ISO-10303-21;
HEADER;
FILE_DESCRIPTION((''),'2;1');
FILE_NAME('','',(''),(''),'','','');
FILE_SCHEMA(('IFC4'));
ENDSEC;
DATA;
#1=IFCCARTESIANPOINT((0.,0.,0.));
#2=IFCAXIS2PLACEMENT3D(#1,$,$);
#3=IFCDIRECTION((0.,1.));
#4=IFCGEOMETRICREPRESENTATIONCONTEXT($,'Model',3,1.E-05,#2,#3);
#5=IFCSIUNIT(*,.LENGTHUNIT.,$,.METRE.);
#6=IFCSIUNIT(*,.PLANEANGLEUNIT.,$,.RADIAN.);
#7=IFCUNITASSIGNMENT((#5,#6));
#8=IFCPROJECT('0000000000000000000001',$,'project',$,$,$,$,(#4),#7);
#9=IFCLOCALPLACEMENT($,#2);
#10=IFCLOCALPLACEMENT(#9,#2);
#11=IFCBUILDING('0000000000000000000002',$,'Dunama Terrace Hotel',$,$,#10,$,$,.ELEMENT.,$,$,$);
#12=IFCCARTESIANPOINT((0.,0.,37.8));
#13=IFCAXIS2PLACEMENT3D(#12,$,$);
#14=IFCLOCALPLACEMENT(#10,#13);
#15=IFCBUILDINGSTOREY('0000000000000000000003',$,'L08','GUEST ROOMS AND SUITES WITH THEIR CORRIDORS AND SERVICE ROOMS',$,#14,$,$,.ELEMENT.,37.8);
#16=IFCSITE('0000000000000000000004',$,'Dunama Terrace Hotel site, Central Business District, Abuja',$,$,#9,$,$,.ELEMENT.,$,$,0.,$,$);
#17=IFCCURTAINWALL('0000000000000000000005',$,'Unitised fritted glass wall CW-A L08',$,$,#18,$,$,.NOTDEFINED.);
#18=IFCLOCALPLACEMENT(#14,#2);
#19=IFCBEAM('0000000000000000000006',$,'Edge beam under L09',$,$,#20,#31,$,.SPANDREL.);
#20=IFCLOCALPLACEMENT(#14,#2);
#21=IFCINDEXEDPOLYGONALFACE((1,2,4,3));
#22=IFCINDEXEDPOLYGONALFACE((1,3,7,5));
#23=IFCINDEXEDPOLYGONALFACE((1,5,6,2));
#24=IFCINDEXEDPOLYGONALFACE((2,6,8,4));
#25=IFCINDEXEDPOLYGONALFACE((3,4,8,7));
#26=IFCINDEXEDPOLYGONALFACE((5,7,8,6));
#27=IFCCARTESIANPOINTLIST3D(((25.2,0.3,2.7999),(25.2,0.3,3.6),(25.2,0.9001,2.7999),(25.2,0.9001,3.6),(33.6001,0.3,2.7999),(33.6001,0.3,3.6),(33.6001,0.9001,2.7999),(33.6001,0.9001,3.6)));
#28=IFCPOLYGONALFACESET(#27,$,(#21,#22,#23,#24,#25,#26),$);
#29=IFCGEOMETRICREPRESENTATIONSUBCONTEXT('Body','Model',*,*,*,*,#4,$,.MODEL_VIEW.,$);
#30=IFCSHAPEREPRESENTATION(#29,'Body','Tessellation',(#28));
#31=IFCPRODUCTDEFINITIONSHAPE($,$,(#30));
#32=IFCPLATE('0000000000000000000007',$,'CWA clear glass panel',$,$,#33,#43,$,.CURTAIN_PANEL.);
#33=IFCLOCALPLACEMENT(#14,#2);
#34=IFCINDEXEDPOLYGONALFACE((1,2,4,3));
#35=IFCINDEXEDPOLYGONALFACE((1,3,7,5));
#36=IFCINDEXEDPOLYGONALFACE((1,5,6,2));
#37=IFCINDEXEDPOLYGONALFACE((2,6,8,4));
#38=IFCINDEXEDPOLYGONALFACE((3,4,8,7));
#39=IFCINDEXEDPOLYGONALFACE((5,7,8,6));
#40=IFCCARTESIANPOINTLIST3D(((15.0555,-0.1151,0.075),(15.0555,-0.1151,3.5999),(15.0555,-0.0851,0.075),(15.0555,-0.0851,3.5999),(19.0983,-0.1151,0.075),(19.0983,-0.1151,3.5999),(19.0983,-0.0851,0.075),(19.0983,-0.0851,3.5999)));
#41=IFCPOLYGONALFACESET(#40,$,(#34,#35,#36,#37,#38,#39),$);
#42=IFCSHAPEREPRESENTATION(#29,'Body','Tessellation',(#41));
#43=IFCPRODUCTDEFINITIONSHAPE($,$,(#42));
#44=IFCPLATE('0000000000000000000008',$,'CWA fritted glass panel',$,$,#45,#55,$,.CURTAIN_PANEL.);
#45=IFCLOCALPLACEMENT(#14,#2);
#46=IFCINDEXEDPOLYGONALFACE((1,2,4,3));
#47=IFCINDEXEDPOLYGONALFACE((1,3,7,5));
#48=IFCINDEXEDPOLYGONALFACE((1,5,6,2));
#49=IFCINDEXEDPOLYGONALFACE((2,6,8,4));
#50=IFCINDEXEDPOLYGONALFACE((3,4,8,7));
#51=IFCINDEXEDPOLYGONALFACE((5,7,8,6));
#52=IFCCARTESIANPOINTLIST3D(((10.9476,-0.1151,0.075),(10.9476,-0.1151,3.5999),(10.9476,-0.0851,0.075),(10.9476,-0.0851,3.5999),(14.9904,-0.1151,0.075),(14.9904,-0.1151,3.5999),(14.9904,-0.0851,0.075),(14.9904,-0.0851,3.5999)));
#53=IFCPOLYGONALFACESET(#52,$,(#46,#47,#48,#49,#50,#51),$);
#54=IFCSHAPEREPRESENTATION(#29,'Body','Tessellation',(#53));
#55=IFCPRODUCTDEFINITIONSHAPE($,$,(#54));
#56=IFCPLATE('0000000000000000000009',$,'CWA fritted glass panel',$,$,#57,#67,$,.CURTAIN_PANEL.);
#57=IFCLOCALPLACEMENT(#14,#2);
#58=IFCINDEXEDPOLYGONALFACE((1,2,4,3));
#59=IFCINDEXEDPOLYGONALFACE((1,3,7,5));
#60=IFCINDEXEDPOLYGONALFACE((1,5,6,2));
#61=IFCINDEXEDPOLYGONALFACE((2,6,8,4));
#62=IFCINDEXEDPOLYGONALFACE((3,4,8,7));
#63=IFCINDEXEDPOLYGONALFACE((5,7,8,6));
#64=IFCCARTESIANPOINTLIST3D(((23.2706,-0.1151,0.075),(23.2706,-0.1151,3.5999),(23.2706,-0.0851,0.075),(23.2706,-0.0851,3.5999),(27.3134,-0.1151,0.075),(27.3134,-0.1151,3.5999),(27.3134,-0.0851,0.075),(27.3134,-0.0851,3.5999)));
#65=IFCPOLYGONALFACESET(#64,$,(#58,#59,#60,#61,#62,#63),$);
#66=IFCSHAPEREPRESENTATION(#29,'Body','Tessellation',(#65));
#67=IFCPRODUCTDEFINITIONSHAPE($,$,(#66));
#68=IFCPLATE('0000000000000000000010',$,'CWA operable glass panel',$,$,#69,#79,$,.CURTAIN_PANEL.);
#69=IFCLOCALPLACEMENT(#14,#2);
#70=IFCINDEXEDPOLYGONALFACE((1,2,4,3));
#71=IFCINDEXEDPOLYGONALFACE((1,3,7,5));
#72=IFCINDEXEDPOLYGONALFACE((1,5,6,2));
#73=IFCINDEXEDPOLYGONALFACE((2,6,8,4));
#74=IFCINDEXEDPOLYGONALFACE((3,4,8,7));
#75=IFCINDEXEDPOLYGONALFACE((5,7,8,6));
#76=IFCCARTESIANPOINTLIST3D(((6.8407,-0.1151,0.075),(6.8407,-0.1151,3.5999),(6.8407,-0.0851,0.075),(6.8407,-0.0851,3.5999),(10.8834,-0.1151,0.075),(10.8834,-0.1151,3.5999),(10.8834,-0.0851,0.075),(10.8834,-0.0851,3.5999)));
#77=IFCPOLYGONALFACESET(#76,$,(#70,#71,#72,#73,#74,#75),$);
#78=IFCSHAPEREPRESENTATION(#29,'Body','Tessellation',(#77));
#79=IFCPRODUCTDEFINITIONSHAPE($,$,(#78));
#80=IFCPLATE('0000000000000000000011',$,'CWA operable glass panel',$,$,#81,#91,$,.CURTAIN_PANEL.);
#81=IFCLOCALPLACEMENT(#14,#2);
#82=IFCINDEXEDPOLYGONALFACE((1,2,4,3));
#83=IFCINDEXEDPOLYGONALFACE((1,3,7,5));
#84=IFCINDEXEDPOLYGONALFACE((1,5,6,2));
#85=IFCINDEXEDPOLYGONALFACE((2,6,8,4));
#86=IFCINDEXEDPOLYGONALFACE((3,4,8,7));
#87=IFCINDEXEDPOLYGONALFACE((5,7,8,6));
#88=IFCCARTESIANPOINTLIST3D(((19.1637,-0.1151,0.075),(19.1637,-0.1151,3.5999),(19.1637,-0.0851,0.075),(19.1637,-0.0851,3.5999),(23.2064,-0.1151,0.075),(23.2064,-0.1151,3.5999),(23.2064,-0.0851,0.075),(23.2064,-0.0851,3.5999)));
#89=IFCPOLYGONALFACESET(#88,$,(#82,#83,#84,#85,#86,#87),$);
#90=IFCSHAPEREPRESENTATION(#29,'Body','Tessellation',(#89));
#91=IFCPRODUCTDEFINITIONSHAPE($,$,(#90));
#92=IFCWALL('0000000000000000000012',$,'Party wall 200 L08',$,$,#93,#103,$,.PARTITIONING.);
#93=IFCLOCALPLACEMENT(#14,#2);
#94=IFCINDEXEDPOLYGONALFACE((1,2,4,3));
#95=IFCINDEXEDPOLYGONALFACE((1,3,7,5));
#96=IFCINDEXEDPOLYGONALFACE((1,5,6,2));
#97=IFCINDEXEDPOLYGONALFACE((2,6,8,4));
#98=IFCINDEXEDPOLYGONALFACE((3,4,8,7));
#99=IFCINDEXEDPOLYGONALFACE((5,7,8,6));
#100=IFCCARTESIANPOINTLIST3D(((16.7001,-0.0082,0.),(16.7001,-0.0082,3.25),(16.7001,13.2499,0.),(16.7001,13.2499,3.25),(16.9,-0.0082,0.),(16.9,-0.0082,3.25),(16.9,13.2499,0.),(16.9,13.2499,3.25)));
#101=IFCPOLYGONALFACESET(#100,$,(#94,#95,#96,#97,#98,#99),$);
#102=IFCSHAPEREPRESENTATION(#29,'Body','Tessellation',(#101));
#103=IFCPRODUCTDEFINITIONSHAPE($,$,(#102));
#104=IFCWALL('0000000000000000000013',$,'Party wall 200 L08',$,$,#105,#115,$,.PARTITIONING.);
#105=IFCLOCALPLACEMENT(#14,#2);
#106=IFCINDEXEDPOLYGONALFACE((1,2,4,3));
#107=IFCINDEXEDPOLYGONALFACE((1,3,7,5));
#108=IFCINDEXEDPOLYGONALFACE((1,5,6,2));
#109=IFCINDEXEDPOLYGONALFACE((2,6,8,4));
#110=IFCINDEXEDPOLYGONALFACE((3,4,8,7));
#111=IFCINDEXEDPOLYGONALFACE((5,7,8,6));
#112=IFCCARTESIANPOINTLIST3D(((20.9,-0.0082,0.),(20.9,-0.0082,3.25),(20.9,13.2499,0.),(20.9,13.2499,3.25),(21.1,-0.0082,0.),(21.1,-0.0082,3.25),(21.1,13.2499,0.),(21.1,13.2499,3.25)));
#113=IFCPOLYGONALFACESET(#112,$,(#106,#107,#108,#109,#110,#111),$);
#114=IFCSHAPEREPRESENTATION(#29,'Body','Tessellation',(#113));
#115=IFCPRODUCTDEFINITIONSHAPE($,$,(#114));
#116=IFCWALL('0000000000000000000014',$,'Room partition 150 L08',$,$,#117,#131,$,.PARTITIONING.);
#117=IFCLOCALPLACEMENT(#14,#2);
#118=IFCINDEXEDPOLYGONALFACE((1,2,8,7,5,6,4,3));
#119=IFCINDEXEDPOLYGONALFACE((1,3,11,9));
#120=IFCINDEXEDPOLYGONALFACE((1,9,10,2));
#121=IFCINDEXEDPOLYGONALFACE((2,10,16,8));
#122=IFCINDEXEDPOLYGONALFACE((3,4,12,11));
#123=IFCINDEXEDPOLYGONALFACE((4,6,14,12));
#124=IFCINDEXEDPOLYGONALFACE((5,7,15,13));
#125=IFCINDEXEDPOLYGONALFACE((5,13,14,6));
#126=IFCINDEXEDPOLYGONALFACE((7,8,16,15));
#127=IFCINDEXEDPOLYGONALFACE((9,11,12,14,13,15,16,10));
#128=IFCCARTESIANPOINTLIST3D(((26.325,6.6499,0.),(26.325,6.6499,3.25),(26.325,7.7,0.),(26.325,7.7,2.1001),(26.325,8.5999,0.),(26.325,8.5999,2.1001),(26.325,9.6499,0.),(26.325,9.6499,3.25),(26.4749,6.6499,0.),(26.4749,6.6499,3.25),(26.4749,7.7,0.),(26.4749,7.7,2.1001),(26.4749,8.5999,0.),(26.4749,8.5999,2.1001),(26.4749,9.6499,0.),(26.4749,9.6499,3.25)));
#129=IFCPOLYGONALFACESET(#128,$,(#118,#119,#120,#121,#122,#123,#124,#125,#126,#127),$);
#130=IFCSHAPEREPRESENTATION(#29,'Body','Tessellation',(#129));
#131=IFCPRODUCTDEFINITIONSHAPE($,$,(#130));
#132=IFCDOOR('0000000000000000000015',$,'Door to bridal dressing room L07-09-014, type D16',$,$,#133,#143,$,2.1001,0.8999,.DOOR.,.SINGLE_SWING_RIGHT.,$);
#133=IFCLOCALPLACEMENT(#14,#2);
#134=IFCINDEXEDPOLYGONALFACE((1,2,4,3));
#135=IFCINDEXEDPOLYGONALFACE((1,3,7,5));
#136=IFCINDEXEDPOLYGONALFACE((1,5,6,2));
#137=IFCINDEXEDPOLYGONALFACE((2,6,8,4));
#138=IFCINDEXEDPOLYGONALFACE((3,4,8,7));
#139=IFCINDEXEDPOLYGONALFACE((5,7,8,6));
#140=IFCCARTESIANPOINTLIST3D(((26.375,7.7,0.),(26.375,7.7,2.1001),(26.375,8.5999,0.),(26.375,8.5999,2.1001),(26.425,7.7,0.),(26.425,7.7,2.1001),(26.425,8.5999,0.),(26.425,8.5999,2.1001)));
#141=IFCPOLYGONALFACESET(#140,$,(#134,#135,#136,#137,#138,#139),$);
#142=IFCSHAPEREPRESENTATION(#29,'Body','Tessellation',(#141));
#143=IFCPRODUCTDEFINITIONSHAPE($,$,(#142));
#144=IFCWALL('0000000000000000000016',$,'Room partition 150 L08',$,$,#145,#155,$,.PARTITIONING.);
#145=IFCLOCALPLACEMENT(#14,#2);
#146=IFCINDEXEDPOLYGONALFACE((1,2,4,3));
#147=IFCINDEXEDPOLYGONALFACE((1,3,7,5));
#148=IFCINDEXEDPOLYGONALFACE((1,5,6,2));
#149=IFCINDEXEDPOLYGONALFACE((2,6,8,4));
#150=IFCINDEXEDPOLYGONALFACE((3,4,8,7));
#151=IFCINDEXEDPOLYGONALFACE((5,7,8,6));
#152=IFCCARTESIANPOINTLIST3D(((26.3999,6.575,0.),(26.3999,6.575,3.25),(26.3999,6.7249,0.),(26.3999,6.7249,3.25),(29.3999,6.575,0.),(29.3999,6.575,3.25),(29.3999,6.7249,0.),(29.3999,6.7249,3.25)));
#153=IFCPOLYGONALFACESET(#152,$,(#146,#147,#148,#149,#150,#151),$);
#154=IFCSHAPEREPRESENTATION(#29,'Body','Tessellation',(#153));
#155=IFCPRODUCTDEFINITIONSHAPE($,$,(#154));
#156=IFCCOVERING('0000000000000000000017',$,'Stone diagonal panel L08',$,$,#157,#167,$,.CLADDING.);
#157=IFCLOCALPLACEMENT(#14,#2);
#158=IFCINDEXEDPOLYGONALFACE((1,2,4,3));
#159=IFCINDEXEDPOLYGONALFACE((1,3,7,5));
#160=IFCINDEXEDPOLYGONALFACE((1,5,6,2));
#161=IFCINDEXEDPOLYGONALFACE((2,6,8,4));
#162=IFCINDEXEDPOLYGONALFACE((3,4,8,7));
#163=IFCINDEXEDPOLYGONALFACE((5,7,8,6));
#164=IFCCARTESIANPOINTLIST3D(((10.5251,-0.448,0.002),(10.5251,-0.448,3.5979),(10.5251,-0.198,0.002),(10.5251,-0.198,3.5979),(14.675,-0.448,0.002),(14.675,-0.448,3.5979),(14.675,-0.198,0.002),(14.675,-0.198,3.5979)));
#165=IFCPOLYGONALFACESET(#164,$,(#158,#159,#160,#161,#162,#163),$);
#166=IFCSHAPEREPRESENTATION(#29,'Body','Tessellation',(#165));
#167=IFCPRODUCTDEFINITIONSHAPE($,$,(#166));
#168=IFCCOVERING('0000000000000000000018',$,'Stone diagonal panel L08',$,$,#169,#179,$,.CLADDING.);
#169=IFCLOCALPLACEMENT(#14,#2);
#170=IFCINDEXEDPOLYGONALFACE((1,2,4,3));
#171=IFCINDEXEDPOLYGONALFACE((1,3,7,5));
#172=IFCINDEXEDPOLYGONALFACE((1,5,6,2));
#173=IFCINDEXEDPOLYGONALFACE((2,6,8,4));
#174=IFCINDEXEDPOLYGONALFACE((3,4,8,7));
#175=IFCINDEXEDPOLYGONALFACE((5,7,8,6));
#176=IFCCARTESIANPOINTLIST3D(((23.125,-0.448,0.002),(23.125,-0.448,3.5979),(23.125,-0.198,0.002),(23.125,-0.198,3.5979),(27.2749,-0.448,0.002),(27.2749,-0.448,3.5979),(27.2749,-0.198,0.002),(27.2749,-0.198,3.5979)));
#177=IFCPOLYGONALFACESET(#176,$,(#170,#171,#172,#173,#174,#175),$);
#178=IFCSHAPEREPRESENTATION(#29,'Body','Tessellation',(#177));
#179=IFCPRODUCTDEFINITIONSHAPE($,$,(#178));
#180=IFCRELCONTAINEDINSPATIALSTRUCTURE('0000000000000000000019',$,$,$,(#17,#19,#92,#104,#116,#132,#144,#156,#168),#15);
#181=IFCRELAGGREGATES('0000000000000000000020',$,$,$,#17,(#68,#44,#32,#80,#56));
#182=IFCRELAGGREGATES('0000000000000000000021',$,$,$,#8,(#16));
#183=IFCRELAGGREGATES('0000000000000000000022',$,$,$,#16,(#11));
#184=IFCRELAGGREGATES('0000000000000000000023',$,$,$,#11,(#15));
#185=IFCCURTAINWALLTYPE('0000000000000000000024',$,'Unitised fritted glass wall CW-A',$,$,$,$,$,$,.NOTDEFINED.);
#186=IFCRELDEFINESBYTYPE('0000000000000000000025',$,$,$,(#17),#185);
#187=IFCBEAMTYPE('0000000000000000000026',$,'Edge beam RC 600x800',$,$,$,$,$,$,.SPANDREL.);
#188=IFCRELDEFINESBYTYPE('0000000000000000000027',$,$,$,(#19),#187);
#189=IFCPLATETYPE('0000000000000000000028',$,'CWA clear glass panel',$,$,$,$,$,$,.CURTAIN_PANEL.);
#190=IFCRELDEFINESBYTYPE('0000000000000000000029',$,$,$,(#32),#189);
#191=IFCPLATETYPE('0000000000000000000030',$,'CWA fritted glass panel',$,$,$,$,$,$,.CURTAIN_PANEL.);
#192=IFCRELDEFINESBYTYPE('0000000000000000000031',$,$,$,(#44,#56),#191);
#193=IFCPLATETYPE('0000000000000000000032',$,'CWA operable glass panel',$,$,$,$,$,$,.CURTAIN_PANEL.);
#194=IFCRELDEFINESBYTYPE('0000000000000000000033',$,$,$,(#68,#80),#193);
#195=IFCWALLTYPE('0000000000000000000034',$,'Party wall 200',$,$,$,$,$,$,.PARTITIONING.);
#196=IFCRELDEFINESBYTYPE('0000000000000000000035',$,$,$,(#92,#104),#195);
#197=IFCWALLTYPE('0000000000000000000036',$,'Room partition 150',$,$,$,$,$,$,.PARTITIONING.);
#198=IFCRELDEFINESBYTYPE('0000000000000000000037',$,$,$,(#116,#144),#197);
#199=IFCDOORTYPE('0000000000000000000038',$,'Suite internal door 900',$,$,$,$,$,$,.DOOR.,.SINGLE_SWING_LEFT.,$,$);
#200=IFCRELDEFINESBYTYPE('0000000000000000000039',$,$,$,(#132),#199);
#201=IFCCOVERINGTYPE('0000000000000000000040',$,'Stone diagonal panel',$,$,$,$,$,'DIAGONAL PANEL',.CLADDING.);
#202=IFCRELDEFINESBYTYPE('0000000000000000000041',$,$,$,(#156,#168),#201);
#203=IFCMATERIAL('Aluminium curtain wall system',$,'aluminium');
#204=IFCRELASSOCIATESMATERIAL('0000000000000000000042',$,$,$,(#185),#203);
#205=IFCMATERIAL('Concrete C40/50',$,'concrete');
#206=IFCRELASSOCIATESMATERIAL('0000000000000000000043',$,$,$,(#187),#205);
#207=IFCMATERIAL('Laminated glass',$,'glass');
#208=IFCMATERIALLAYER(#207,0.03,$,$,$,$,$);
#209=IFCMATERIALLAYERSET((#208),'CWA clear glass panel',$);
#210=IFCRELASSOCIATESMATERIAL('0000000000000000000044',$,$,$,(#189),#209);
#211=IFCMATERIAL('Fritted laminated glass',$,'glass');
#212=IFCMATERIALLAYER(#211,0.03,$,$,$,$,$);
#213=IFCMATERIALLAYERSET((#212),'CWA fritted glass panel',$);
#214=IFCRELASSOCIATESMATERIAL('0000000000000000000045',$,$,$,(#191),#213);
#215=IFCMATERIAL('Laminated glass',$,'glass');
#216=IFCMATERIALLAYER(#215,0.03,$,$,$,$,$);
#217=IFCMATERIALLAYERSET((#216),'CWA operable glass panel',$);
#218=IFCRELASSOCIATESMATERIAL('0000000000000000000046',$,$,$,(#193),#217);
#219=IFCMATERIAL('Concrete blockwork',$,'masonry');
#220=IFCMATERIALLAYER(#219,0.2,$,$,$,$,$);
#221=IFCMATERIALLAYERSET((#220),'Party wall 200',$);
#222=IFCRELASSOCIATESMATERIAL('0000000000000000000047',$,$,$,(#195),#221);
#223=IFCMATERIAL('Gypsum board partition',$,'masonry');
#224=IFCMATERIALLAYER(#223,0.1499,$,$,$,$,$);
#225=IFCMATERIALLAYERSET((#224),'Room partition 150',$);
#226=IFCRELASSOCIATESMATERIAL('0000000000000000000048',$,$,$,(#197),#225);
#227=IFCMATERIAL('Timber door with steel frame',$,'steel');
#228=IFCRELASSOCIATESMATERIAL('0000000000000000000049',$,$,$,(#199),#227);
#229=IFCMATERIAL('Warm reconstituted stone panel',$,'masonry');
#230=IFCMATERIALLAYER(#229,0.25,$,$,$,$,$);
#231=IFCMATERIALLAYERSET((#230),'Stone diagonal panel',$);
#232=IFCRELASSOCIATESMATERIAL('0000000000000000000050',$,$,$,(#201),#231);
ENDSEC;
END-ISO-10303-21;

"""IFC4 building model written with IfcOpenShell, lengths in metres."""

from ifc_helpers import new_model, si_unit, direction, frame, frame_2d, origin, origin_2d, place, context, subcontext, project, spatial, rectangle, extrude, material, layer, layer_set, material_profile, profile_set, type_object, element, fill, aggregate, save


model = new_model("IFC4")

# Units and contexts
model_context = context("Model", 3, precision=1e-05, world=origin(), true_north=direction((0.0, 1.0)))
body_context = subcontext(model_context, "Body", "Model", "MODEL_VIEW")
ifc_project = project(units=[si_unit("LENGTHUNIT", "METRE"), si_unit("PLANEANGLEUNIT", "RADIAN")], contexts=[model_context])

# Site, building, storey
site_placement = place(None, origin())
site = spatial("IfcSite", under=ifc_project, at=site_placement, Name="Dunama Terrace Hotel site, Central Business District, Abuja", CompositionType="ELEMENT", RefElevation=0.0)
building_placement = place(site_placement, origin())
building = spatial("IfcBuilding", under=site, at=building_placement, Name="Dunama Terrace Hotel", CompositionType="ELEMENT")
storey_placement = place(building_placement, frame((0.0, 0.0, 37.8)))
storey = spatial("IfcBuildingStorey", under=building, at=storey_placement, Name="L08", Description="GUEST ROOMS AND SUITES WITH THEIR CORRIDORS AND SERVICE ROOMS", CompositionType="ELEMENT", Elevation=37.8)

# Curtain wall
ifc_material_1 = material(Name="Aluminium curtain wall system", Category="aluminium")
curtain_wall_type = type_object("IfcCurtainWallType", Name="Unitised fritted glass wall CW-A", PredefinedType="NOTDEFINED", material=ifc_material_1)
curtain_wall_placement = place(storey_placement, origin())
curtain_wall = element("IfcCurtainWall", 1, at=curtain_wall_placement, inside=storey, type_object=curtain_wall_type, Name="Unitised fritted glass wall CW-A L08", PredefinedType="NOTDEFINED")

# Beam
ifc_material_2 = material(Name="Concrete C40/50", Category="concrete")
ifc_material_profile_1 = material_profile(ifc_material_2, rectangle(XDim=0.6001, YDim=0.8, at=origin_2d()), Name="RC 600x800")
ifc_profile_set_1 = profile_set([ifc_material_profile_1], Name="Concrete C40/50")
beam_type = type_object("IfcBeamType", Name="Edge beam RC 600x800", PredefinedType="SPANDREL", material=ifc_profile_set_1)
beam_1_placement = place(storey_placement, frame((25.2, 0.6001, 3.2), z_axis=(1.0, 0.0, 0.0), x_axis=(0.0, 1.0, 0.0)))
element("IfcBeam", 2, at=beam_1_placement, inside=storey, type_object=beam_type, Name="Edge beam under L09", PredefinedType="SPANDREL", context=body_context, shape_type="SweptSolid", body=[
    extrude(rectangle(XDim=0.6001, YDim=0.8, at=origin_2d()), origin(), (0.0, 0.0, 1.0), 8.4001),
])

# Plates
ifc_material_3 = material(Name="Laminated glass", Category="glass")
ifc_layer_1 = layer(ifc_material_3, 0.03)
ifc_layer_set_1 = layer_set([ifc_layer_1], Name="CWA clear glass panel")
plate_type_1 = type_object("IfcPlateType", Name="CWA clear glass panel", PredefinedType="CURTAIN_PANEL", material=ifc_layer_set_1)
plate_1_placement = place(storey_placement, frame((17.0769, -0.1001, 0.075), z_axis=(0.0, 0.0, 1.0), x_axis=(1.0, 0.0, 0.0)))
plate_1 = element("IfcPlate", 3, at=plate_1_placement, type_object=plate_type_1, Name="CWA clear glass panel", PredefinedType="CURTAIN_PANEL", context=body_context, shape_type="SweptSolid", body=[
    extrude(rectangle(XDim=4.0427, YDim=0.03, at=origin_2d()), origin(), (0.0, 0.0, 1.0), 3.5249),
])
ifc_material_4 = material(Name="Fritted laminated glass", Category="glass")
ifc_layer_2 = layer(ifc_material_4, 0.03)
ifc_layer_set_2 = layer_set([ifc_layer_2], Name="CWA fritted glass panel")
plate_type_2 = type_object("IfcPlateType", Name="CWA fritted glass panel", PredefinedType="CURTAIN_PANEL", material=ifc_layer_set_2)
plate_2_placement = place(storey_placement, frame((12.969, -0.1001, 0.075), z_axis=(0.0, 0.0, 1.0), x_axis=(1.0, 0.0, 0.0)))
plate_2 = element("IfcPlate", 4, at=plate_2_placement, type_object=plate_type_2, Name="CWA fritted glass panel", PredefinedType="CURTAIN_PANEL", context=body_context, shape_type="SweptSolid", body=[
    extrude(rectangle(XDim=4.0427, YDim=0.03, at=origin_2d()), origin(), (0.0, 0.0, 1.0), 3.5249),
])
plate_3_placement = place(storey_placement, frame((25.292, -0.1001, 0.075), z_axis=(0.0, 0.0, 1.0), x_axis=(1.0, 0.0, 0.0)))
plate_3 = element("IfcPlate", 5, at=plate_3_placement, type_object=plate_type_2, Name="CWA fritted glass panel", PredefinedType="CURTAIN_PANEL", context=body_context, shape_type="SweptSolid", body=[
    extrude(rectangle(XDim=4.0427, YDim=0.03, at=origin_2d()), origin(), (0.0, 0.0, 1.0), 3.5249),
])
ifc_material_5 = material(Name="Laminated glass", Category="glass")
ifc_layer_3 = layer(ifc_material_5, 0.03)
ifc_layer_set_3 = layer_set([ifc_layer_3], Name="CWA operable glass panel")
plate_type_3 = type_object("IfcPlateType", Name="CWA operable glass panel", PredefinedType="CURTAIN_PANEL", material=ifc_layer_set_3)
plate_4_placement = place(storey_placement, frame((8.8621, -0.1001, 0.075), z_axis=(0.0, 0.0, 1.0), x_axis=(1.0, 0.0, 0.0)))
plate_4 = element("IfcPlate", 6, at=plate_4_placement, type_object=plate_type_3, Name="CWA operable glass panel", PredefinedType="CURTAIN_PANEL", context=body_context, shape_type="SweptSolid", body=[
    extrude(rectangle(XDim=4.0427, YDim=0.03, at=origin_2d()), origin(), (0.0, 0.0, 1.0), 3.5249),
])
plate_5_placement = place(storey_placement, frame((21.1851, -0.1001, 0.075), z_axis=(0.0, 0.0, 1.0), x_axis=(1.0, 0.0, 0.0)))
plate_5 = element("IfcPlate", 7, at=plate_5_placement, type_object=plate_type_3, Name="CWA operable glass panel", PredefinedType="CURTAIN_PANEL", context=body_context, shape_type="SweptSolid", body=[
    extrude(rectangle(XDim=4.0427, YDim=0.03, at=origin_2d()), origin(), (0.0, 0.0, 1.0), 3.5249),
])
aggregate(curtain_wall, [plate_4, plate_2, plate_1, plate_5, plate_3])

# Walls
ifc_material_6 = material(Name="Concrete blockwork", Category="masonry")
ifc_layer_4 = layer(ifc_material_6, 0.2)
ifc_layer_set_4 = layer_set([ifc_layer_4], Name="Party wall 200")
wall_type_1 = type_object("IfcWallType", Name="Party wall 200", PredefinedType="PARTITIONING", material=ifc_layer_set_4)
for number, where, z_axis, x_axis, name in (
    (8, (16.8, -0.0081, 0.0), (0.0, 0.0, 1.0), (0.0, 1.0, 0.0), "Party wall 200 L08"),
    (9, (21.0, -0.0081, 0.0), (0.0, 0.0, 1.0), (0.0, 1.0, 0.0), "Party wall 200 L08"),
):
    element("IfcWall", number, at=place(storey_placement, frame(where, z_axis=z_axis, x_axis=x_axis)), inside=storey, type_object=wall_type_1, Name=name, PredefinedType="PARTITIONING", context=body_context, shape_type="SweptSolid", body=[
        extrude(rectangle(XDim=13.2581, YDim=0.2, at=frame_2d((6.6289, 0.0))), origin(), (0.0, 0.0, 1.0), 3.25),
    ])

# Wall, opening, door
ifc_material_7 = material(Name="Gypsum board partition", Category="masonry")
ifc_layer_5 = layer(ifc_material_7, 0.1499)
ifc_layer_set_5 = layer_set([ifc_layer_5], Name="Room partition 150")
wall_type_2 = type_object("IfcWallType", Name="Room partition 150", PredefinedType="PARTITIONING", material=ifc_layer_set_5)
wall_1_placement = place(storey_placement, frame((26.3999, 6.6499, 0.0), z_axis=(0.0, 0.0, 1.0), x_axis=(0.0, 1.0, 0.0)))
wall_1 = element("IfcWall", 10, at=wall_1_placement, inside=storey, type_object=wall_type_2, Name="Room partition 150 L08", PredefinedType="PARTITIONING", context=body_context, shape_type="SweptSolid", body=[
    extrude(rectangle(XDim=3.0, YDim=0.1499, at=frame_2d((1.5, 0.0))), origin(), (0.0, 0.0, 1.0), 3.25),
])
opening_placement = place(wall_1_placement, frame((1.05, 0.0, 0.0)))
opening = element("IfcOpeningElement", 11, at=opening_placement, cuts=wall_1, PredefinedType="OPENING", context=body_context, shape_type="SweptSolid", body=[
    extrude(rectangle(XDim=0.8999, YDim=2.1001, at=frame_2d((0.45, 1.05))), frame((0.0, 0.085, 0.0), z_axis=(0.0, -1.0, 0.0), x_axis=(1.0, 0.0, 0.0)), (0.0, 0.0, 1.0), 0.1699),
])
ifc_material_8 = material(Name="Timber door with steel frame", Category="steel")
door_type = type_object("IfcDoorType", Name="Suite internal door 900", OperationType="SINGLE_SWING_LEFT", PredefinedType="DOOR", material=ifc_material_8)
door_placement = place(opening_placement, frame((0.8999, 0.0, 0.0), z_axis=(0.0, 0.0, 1.0), x_axis=(-1.0, 0.0, 0.0)))
door = element("IfcDoor", 12, at=door_placement, inside=storey, type_object=door_type, Name="Door to bridal dressing room L07-09-014, type D16", OperationType="SINGLE_SWING_RIGHT", OverallHeight=2.1001, OverallWidth=0.8999, PredefinedType="DOOR", context=body_context, shape_type="SweptSolid", body=[
    extrude(rectangle(XDim=0.8999, YDim=2.1001, at=frame_2d((0.45, 1.05))), frame((0.0, 0.0251, 0.0), z_axis=(0.0, -1.0, 0.0), x_axis=(1.0, 0.0, 0.0)), (0.0, 0.0, 1.0), 0.05),
])
fill(opening, door)

# Wall
wall_2_placement = place(storey_placement, frame((26.3999, 6.6499, 0.0), z_axis=(0.0, 0.0, 1.0), x_axis=(1.0, 0.0, 0.0)))
element("IfcWall", 13, at=wall_2_placement, inside=storey, type_object=wall_type_2, Name="Room partition 150 L08", PredefinedType="PARTITIONING", context=body_context, shape_type="SweptSolid", body=[
    extrude(rectangle(XDim=3.0, YDim=0.1499, at=frame_2d((1.5, 0.0))), origin(), (0.0, 0.0, 1.0), 3.25),
])

# Coverings
ifc_material_9 = material(Name="Warm reconstituted stone panel", Category="masonry")
ifc_layer_6 = layer(ifc_material_9, 0.25)
ifc_layer_set_6 = layer_set([ifc_layer_6], Name="Stone diagonal panel")
covering_type = type_object("IfcCoveringType", Name="Stone diagonal panel", ElementType="DIAGONAL PANEL", PredefinedType="CLADDING", material=ifc_layer_set_6)
for number, where, z_axis, x_axis, name in (
    (14, (12.6001, -0.323, 0.002), (0.0, 0.0, 1.0), (1.0, 0.0, 0.0), "Stone diagonal panel L08"),
    (15, (25.2, -0.323, 0.002), (0.0, 0.0, 1.0), (1.0, 0.0, 0.0), "Stone diagonal panel L08"),
):
    element("IfcCovering", number, at=place(storey_placement, frame(where, z_axis=z_axis, x_axis=x_axis)), inside=storey, type_object=covering_type, Name=name, PredefinedType="CLADDING", context=body_context, shape_type="SweptSolid", body=[
        extrude(rectangle(XDim=4.1499, YDim=0.25, at=origin_2d()), origin(), (0.0, 0.0, 1.0), 3.5959),
    ])

save(model, "model.ifc")
